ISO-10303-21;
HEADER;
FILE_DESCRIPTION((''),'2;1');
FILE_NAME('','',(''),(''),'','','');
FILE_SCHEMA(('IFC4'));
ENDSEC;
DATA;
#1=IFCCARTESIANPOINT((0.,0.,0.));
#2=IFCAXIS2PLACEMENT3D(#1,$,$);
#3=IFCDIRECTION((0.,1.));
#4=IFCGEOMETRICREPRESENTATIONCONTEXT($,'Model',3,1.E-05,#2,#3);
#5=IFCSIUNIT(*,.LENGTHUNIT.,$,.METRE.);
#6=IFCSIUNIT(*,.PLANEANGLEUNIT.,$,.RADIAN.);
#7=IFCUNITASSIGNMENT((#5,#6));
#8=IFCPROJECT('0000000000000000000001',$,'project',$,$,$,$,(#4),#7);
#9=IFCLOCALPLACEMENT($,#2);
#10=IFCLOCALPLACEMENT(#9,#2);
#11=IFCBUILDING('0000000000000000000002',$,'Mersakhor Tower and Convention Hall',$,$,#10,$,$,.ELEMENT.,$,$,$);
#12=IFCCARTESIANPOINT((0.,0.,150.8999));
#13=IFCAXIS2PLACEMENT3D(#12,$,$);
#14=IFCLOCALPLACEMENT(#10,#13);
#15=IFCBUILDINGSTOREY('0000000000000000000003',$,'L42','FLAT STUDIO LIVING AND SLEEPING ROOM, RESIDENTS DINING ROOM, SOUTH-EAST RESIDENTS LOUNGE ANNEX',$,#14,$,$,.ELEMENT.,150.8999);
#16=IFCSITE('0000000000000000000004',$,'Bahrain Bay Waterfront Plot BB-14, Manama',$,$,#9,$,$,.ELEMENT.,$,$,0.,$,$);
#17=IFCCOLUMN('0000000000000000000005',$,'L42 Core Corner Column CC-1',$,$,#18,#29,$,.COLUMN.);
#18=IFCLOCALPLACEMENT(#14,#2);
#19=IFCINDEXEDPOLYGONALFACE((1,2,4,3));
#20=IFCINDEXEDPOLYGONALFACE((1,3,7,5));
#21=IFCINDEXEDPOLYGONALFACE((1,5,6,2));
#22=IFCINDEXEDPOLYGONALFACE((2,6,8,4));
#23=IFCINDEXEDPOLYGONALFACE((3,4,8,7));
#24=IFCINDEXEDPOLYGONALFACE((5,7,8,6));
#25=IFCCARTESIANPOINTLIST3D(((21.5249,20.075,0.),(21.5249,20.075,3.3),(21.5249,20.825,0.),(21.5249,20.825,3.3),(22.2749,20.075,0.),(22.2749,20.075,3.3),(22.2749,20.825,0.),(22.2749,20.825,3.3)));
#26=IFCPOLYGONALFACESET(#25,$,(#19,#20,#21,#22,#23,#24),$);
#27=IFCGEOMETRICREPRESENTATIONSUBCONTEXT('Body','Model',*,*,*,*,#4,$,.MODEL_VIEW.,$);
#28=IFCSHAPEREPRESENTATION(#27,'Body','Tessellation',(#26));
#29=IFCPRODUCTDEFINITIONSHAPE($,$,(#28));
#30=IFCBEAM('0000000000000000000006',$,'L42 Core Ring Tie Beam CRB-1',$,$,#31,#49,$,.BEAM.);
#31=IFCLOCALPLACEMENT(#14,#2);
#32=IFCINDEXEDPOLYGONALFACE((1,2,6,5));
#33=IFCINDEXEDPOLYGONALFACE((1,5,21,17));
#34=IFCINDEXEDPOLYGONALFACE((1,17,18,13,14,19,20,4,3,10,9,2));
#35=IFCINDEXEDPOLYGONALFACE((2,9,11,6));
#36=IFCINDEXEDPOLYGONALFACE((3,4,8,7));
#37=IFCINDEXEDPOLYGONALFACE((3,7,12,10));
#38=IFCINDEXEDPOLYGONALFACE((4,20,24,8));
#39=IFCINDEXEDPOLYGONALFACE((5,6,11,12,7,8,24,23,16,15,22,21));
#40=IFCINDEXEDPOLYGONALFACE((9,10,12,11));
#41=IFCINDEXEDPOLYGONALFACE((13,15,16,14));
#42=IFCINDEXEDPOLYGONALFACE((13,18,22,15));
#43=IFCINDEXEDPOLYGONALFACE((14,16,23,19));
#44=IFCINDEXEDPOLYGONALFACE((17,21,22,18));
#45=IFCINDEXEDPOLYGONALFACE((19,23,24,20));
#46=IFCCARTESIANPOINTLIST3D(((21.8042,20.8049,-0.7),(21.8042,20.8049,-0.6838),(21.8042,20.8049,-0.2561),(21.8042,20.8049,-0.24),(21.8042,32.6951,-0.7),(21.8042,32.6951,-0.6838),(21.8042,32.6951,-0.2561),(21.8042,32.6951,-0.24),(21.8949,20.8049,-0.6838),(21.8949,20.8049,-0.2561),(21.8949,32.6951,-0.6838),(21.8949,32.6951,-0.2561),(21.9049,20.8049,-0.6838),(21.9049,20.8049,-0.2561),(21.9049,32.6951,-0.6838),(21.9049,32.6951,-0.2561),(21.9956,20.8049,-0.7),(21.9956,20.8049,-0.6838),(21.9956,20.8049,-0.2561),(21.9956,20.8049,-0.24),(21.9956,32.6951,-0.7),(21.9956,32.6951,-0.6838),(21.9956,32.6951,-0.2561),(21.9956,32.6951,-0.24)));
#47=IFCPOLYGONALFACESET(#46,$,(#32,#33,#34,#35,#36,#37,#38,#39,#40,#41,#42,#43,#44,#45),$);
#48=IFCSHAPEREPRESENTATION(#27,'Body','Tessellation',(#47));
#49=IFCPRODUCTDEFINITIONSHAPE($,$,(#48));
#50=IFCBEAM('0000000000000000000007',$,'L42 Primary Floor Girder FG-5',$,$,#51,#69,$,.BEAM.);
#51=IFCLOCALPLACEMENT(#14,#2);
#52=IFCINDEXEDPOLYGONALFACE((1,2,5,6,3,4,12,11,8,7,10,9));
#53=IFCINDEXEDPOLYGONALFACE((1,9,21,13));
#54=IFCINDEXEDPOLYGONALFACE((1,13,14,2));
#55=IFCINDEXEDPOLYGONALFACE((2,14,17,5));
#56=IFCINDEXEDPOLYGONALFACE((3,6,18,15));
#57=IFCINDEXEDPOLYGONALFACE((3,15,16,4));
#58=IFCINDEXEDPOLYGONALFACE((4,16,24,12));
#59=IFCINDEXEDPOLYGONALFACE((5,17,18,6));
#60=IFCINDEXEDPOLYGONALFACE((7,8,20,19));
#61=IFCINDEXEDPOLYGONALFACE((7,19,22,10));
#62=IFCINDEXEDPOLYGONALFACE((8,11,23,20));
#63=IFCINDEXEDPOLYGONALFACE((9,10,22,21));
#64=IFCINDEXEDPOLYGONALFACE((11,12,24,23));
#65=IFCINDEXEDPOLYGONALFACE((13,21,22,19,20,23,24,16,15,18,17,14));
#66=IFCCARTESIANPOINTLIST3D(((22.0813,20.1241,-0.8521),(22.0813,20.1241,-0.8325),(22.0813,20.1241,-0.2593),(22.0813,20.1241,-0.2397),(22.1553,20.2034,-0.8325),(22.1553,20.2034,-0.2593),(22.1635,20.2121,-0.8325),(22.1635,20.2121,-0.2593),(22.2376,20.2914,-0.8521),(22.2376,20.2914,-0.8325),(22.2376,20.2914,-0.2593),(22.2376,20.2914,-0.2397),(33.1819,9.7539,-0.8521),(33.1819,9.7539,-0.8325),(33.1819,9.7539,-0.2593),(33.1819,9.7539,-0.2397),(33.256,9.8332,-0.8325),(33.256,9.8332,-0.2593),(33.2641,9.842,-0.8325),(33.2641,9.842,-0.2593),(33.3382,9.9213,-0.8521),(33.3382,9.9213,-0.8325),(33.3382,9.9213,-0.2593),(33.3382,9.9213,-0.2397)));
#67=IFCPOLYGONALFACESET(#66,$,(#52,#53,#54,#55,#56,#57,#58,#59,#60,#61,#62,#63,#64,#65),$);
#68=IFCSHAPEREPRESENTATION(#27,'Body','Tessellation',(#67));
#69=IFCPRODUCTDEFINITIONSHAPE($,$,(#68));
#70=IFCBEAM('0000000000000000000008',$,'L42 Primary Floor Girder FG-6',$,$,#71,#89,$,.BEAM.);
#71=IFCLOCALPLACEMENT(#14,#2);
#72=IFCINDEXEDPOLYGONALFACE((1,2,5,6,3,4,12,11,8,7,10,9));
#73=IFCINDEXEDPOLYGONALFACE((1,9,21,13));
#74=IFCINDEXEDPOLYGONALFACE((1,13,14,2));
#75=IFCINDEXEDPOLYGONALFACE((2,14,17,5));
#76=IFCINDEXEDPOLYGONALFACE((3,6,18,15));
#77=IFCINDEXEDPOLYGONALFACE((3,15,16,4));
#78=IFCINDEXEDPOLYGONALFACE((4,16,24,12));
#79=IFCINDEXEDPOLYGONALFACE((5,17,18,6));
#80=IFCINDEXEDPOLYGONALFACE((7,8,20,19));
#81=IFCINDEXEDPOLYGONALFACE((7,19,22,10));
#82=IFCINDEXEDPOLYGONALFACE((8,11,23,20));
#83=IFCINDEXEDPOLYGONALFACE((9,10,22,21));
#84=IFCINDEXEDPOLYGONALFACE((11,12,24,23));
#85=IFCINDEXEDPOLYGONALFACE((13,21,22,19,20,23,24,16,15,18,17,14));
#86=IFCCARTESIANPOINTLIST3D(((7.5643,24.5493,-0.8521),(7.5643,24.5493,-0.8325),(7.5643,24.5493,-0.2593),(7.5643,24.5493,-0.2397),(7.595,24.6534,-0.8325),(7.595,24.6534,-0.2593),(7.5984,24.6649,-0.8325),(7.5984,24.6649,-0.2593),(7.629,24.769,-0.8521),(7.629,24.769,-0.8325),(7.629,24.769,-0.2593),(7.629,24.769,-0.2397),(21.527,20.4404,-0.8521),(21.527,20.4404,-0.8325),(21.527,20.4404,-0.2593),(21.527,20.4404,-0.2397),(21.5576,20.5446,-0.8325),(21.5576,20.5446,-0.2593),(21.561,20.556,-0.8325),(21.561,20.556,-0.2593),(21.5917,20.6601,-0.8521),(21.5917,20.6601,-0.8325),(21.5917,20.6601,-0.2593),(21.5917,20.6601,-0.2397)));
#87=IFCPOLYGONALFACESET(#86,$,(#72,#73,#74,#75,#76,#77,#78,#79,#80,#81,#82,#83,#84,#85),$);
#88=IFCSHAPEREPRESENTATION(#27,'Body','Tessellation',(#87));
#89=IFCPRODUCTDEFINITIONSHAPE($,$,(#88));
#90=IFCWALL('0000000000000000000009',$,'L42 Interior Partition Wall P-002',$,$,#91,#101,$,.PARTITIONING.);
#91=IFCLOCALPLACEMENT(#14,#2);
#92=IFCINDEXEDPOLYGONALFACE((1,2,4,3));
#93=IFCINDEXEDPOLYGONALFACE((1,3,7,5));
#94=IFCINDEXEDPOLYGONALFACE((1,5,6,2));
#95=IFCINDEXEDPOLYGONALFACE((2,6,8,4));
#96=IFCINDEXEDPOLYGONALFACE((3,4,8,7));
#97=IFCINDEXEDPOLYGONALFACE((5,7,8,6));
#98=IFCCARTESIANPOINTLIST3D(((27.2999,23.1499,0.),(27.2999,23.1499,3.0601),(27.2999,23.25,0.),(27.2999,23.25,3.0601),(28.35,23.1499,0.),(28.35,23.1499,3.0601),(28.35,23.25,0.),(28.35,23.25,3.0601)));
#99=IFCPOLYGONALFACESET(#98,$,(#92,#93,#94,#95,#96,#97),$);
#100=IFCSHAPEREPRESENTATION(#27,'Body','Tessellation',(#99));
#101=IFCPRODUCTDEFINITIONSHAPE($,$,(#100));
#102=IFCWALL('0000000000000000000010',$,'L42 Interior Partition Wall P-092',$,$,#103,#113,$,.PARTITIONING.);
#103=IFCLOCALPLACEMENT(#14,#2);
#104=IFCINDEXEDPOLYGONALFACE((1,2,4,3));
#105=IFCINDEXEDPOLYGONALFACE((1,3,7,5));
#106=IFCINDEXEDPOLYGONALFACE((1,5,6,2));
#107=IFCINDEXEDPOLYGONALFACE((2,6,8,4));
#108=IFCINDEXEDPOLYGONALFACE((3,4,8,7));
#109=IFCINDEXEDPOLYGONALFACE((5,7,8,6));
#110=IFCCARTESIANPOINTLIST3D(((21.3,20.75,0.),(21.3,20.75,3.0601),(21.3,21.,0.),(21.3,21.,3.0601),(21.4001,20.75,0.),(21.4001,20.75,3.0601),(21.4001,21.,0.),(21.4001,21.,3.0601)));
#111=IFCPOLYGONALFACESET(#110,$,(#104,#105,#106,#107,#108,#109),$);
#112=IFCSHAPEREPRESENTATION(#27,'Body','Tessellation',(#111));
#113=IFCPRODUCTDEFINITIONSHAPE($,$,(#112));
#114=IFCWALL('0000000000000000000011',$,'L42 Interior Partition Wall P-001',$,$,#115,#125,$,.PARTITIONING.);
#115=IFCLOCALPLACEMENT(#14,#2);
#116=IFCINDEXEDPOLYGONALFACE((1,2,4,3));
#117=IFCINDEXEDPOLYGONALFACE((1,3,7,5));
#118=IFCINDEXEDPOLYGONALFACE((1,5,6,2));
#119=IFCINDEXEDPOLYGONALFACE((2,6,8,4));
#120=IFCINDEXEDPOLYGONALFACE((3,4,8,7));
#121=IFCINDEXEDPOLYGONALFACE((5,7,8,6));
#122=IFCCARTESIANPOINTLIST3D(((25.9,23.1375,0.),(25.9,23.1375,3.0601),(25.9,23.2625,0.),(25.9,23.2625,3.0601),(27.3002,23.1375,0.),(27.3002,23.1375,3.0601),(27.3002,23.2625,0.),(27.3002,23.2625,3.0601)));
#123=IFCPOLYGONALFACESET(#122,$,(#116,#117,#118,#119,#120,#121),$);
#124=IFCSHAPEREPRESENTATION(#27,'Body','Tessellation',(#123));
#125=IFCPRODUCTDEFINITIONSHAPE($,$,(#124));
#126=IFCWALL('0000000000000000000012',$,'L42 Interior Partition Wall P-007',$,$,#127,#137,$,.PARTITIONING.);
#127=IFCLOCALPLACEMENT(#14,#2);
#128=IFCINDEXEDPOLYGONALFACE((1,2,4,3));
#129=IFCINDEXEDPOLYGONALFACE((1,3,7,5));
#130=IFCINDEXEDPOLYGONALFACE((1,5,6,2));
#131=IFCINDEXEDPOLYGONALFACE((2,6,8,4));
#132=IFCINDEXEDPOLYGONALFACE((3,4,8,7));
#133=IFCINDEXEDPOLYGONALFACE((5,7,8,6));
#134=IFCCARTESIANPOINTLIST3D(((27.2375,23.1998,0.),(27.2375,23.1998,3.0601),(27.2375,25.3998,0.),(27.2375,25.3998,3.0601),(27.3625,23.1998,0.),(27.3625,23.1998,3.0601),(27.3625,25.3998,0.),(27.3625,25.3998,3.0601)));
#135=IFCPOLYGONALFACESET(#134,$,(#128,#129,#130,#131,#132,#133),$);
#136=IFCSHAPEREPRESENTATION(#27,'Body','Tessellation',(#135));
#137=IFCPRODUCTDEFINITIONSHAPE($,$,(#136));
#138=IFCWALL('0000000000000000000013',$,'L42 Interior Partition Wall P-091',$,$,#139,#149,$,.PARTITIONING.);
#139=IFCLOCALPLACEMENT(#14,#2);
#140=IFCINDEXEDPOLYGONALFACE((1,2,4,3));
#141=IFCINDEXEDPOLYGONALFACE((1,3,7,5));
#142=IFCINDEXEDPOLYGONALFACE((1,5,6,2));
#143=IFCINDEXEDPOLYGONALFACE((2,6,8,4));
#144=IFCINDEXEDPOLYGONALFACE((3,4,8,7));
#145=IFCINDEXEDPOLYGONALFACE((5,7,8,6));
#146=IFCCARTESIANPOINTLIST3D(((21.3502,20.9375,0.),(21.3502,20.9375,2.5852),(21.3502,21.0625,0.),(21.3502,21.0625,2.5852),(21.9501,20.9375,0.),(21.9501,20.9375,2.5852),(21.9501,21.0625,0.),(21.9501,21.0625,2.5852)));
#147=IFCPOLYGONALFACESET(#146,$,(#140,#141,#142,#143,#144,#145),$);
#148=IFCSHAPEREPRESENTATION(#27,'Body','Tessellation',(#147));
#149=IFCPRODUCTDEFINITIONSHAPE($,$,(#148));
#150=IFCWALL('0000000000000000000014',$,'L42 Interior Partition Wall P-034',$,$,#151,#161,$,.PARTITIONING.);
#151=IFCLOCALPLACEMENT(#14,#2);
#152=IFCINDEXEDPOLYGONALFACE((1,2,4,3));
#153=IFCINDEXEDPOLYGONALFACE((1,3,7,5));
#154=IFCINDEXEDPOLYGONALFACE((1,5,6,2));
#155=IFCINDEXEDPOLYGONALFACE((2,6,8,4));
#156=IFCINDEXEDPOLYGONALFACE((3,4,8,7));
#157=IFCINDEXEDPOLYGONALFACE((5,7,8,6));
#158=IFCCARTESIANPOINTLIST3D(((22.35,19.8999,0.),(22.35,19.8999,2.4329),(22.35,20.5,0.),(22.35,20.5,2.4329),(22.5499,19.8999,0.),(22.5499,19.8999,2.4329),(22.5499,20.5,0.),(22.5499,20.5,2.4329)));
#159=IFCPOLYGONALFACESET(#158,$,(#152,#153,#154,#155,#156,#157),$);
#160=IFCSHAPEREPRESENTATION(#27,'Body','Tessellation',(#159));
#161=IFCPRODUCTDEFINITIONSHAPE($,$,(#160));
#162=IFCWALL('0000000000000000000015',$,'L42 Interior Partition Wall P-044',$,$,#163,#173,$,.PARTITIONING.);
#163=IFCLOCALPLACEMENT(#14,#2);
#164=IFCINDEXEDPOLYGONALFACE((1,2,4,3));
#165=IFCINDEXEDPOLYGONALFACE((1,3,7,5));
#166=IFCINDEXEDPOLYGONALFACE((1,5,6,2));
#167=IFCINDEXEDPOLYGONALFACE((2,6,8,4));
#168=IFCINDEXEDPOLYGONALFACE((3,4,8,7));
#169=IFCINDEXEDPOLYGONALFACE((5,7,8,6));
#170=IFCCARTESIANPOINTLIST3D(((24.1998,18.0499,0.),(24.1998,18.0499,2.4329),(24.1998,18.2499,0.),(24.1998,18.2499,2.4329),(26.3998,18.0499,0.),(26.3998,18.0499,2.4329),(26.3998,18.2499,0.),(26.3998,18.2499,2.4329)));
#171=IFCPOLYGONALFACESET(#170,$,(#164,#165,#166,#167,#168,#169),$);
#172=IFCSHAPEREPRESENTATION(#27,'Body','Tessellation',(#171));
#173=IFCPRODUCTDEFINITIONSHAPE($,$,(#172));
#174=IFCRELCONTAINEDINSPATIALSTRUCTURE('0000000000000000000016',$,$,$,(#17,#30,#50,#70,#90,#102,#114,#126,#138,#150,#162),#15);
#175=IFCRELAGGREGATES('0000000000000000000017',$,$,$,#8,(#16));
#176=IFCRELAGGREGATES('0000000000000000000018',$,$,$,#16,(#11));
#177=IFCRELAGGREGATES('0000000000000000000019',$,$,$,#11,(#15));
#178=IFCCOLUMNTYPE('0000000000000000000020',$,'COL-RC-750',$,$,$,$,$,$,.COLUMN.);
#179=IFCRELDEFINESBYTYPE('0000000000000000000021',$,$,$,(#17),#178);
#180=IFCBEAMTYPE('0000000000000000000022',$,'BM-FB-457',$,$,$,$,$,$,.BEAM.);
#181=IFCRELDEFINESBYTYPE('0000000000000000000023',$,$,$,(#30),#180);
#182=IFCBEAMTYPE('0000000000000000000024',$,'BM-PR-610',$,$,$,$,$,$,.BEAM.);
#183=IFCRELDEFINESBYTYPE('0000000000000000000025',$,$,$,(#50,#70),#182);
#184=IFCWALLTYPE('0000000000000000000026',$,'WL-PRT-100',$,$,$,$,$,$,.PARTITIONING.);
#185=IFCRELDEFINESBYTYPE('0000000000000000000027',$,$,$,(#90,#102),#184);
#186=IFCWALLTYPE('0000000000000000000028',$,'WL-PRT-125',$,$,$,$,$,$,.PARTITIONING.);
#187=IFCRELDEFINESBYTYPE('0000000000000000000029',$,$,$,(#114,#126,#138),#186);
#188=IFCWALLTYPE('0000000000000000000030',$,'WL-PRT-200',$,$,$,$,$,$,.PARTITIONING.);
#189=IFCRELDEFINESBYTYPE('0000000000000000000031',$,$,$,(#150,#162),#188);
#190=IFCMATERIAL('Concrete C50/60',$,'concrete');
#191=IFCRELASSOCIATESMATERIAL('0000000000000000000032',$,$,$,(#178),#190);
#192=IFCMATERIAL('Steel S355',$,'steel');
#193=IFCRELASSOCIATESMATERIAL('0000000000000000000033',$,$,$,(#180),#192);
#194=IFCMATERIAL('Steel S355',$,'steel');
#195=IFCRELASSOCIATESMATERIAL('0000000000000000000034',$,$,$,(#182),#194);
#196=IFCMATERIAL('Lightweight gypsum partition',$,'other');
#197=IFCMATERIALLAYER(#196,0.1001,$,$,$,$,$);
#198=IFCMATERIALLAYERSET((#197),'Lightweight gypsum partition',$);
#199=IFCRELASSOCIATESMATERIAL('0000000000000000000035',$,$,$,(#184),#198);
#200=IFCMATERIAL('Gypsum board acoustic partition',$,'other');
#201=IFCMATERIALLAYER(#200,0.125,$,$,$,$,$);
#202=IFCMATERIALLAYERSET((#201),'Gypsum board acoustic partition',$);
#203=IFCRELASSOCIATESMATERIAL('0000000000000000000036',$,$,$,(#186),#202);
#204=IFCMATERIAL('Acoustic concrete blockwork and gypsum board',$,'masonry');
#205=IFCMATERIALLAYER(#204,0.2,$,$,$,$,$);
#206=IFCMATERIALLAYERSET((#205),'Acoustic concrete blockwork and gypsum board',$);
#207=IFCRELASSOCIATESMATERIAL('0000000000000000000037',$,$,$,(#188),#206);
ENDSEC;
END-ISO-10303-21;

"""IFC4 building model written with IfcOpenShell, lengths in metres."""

from ifc_helpers import new_model, si_unit, direction, frame, frame_2d, origin, origin_2d, place, context, subcontext, project, spatial, rectangle, i_section, extrude, material, layer, layer_set, material_profile, profile_set, type_object, element, save


model = new_model("IFC4")

# Units and contexts
model_context = context("Model", 3, precision=1e-05, world=origin(), true_north=direction((0.0, 1.0)))
body_context = subcontext(model_context, "Body", "Model", "MODEL_VIEW")
ifc_project = project(units=[si_unit("LENGTHUNIT", "METRE"), si_unit("PLANEANGLEUNIT", "RADIAN")], contexts=[model_context])

# Site, building, storey
site_placement = place(None, origin())
site = spatial("IfcSite", under=ifc_project, at=site_placement, Name="Bahrain Bay Waterfront Plot BB-14, Manama", CompositionType="ELEMENT", RefElevation=0.0)
building_placement = place(site_placement, origin())
building = spatial("IfcBuilding", under=site, at=building_placement, Name="Mersakhor Tower and Convention Hall", CompositionType="ELEMENT")
storey_placement = place(building_placement, frame((0.0, 0.0, 150.8999)))
storey = spatial("IfcBuildingStorey", under=building, at=storey_placement, Name="L42", Description="FLAT STUDIO LIVING AND SLEEPING ROOM, RESIDENTS DINING ROOM, SOUTH-EAST RESIDENTS LOUNGE ANNEX", CompositionType="ELEMENT", Elevation=150.8999)

# Column
ifc_material_1 = material(Name="Concrete C50/60", Category="concrete")
ifc_material_profile_1 = material_profile(ifc_material_1, rectangle(XDim=0.75, YDim=0.75, at=origin_2d()), Name="RC 750x750")
ifc_profile_set_1 = profile_set([ifc_material_profile_1], Name="Concrete C50/60")
column_type = type_object("IfcColumnType", Name="COL-RC-750", PredefinedType="COLUMN", material=ifc_profile_set_1)
column_placement = place(storey_placement, frame((21.8999, 20.45, 0.0), z_axis=(0.0, 0.0, 1.0), x_axis=(1.0, 0.0, 0.0)))
element("IfcColumn", 1, at=column_placement, inside=storey, type_object=column_type, Name="L42 Core Corner Column CC-1", PredefinedType="COLUMN", context=body_context, shape_type="SweptSolid", body=[
    extrude(rectangle(XDim=0.75, YDim=0.75, at=origin_2d()), origin(), (0.0, 0.0, 1.0), 3.3),
])

# Beams
ifc_material_2 = material(Name="Steel S355", Category="steel")
ifc_material_profile_2 = material_profile(ifc_material_2, i_section(OverallWidth=0.1914, OverallDepth=0.46, WebThickness=0.01, FlangeThickness=0.0161, at=origin_2d()), Name="UB 457x191x82")
ifc_profile_set_2 = profile_set([ifc_material_profile_2], Name="Steel S355")
beam_type_1 = type_object("IfcBeamType", Name="BM-FB-457", PredefinedType="BEAM", material=ifc_profile_set_2)
beam_1_placement = place(storey_placement, frame((21.8999, 20.8049, -0.47), z_axis=(0.0, 1.0, 0.0), x_axis=(-1.0, 0.0, 0.0)))
element("IfcBeam", 2, at=beam_1_placement, inside=storey, type_object=beam_type_1, Name="L42 Core Ring Tie Beam CRB-1", PredefinedType="BEAM", context=body_context, shape_type="SweptSolid", body=[
    extrude(i_section(OverallWidth=0.1914, OverallDepth=0.46, WebThickness=0.01, FlangeThickness=0.0161, at=origin_2d()), origin(), (0.0, 0.0, 1.0), 11.8901),
])
ifc_material_3 = material(Name="Steel S355", Category="steel")
ifc_material_profile_3 = material_profile(ifc_material_3, i_section(OverallWidth=0.229, OverallDepth=0.6123, WebThickness=0.012, FlangeThickness=0.0195, at=origin_2d()), Name="UB 610x229x125")
ifc_profile_set_3 = profile_set([ifc_material_profile_3], Name="Steel S355")
beam_type_2 = type_object("IfcBeamType", Name="BM-PR-610", PredefinedType="BEAM", material=ifc_profile_set_3)
beam_2_placement = place(storey_placement, frame((22.1594, 20.2078, -0.5459), z_axis=(0.730741, -0.682655, 0.0), x_axis=(0.682655, 0.730741, 0.0)))
element("IfcBeam", 3, at=beam_2_placement, inside=storey, type_object=beam_type_2, Name="L42 Primary Floor Girder FG-5", PredefinedType="BEAM", context=body_context, shape_type="SweptSolid", body=[
    extrude(i_section(OverallWidth=0.229, OverallDepth=0.6123, WebThickness=0.012, FlangeThickness=0.0195, at=origin_2d()), origin(), (0.0, 0.0, 1.0), 15.1909),
])
beam_3_placement = place(storey_placement, frame((21.5593, 20.5503, -0.5459), z_axis=(-0.959324, 0.282307, 0.0), x_axis=(-0.282307, -0.959324, 0.0)))
element("IfcBeam", 4, at=beam_3_placement, inside=storey, type_object=beam_type_2, Name="L42 Primary Floor Girder FG-6", PredefinedType="BEAM", context=body_context, shape_type="SweptSolid", body=[
    extrude(i_section(OverallWidth=0.229, OverallDepth=0.6123, WebThickness=0.012, FlangeThickness=0.0195, at=origin_2d()), origin(), (0.0, 0.0, 1.0), 14.5547),
])

# Walls
ifc_material_4 = material(Name="Lightweight gypsum partition", Category="other")
ifc_layer_1 = layer(ifc_material_4, 0.1001)
ifc_layer_set_1 = layer_set([ifc_layer_1], Name="Lightweight gypsum partition")
wall_type_1 = type_object("IfcWallType", Name="WL-PRT-100", PredefinedType="PARTITIONING", material=ifc_layer_set_1)
wall_1_placement = place(storey_placement, frame((27.3, 23.2, 0.0), z_axis=(0.0, 0.0, 1.0), x_axis=(1.0, 0.0, 0.0)))
element("IfcWall", 5, at=wall_1_placement, inside=storey, type_object=wall_type_1, Name="L42 Interior Partition Wall P-002", PredefinedType="PARTITIONING", context=body_context, shape_type="SweptSolid", body=[
    extrude(rectangle(XDim=1.05, YDim=0.1001, at=frame_2d((0.5249, 0.0))), origin(), (0.0, 0.0, 1.0), 3.0601),
])
wall_2_placement = place(storey_placement, frame((21.3501, 21.0, 0.0), z_axis=(0.0, 0.0, 1.0), x_axis=(0.0, -1.0, 0.0)))
element("IfcWall", 6, at=wall_2_placement, inside=storey, type_object=wall_type_1, Name="L42 Interior Partition Wall P-092", PredefinedType="PARTITIONING", context=body_context, shape_type="SweptSolid", body=[
    extrude(rectangle(XDim=0.25, YDim=0.1001, at=frame_2d((0.125, 0.0))), origin(), (0.0, 0.0, 1.0), 3.0601),
])
ifc_material_5 = material(Name="Gypsum board acoustic partition", Category="other")
ifc_layer_2 = layer(ifc_material_5, 0.125)
ifc_layer_set_2 = layer_set([ifc_layer_2], Name="Gypsum board acoustic partition")
wall_type_2 = type_object("IfcWallType", Name="WL-PRT-125", PredefinedType="PARTITIONING", material=ifc_layer_set_2)
wall_3_placement = place(storey_placement, frame((25.8999, 23.2, 0.0), z_axis=(0.0, 0.0, 1.0), x_axis=(1.0, 0.0, 0.0)))
element("IfcWall", 7, at=wall_3_placement, inside=storey, type_object=wall_type_2, Name="L42 Interior Partition Wall P-001", PredefinedType="PARTITIONING", context=body_context, shape_type="SweptSolid", body=[
    extrude(rectangle(XDim=1.4001, YDim=0.125, at=frame_2d((0.7002, 0.0))), origin(), (0.0, 0.0, 1.0), 3.0601),
])
wall_4_placement = place(storey_placement, frame((27.3, 25.3999, 0.0), z_axis=(0.0, 0.0, 1.0), x_axis=(0.0, -1.0, 0.0)))
element("IfcWall", 8, at=wall_4_placement, inside=storey, type_object=wall_type_2, Name="L42 Interior Partition Wall P-007", PredefinedType="PARTITIONING", context=body_context, shape_type="SweptSolid", body=[
    extrude(rectangle(XDim=2.2, YDim=0.125, at=frame_2d((1.1001, 0.0))), origin(), (0.0, 0.0, 1.0), 3.0601),
])
wall_5_placement = place(storey_placement, frame((21.95, 21.0, 0.0), z_axis=(0.0, 0.0, 1.0), x_axis=(-1.0, 0.0, 0.0)))
element("IfcWall", 9, at=wall_5_placement, inside=storey, type_object=wall_type_2, Name="L42 Interior Partition Wall P-091", PredefinedType="PARTITIONING", context=body_context, shape_type="SweptSolid", body=[
    extrude(rectangle(XDim=0.5999, YDim=0.125, at=frame_2d((0.2998, 0.0))), origin(), (0.0, 0.0, 1.0), 2.5852),
])

# Shared definitions
ifc_material_6 = material(Name="Acoustic concrete blockwork and gypsum board", Category="masonry")
ifc_layer_3 = layer(ifc_material_6, 0.2)
ifc_layer_set_3 = layer_set([ifc_layer_3], Name="Acoustic concrete blockwork and gypsum board")
wall_type_3 = type_object("IfcWallType", Name="WL-PRT-200", PredefinedType="PARTITIONING", material=ifc_layer_set_3)

# Walls
wall_6_placement = place(storey_placement, frame((22.45, 19.8999, 0.0), z_axis=(0.0, 0.0, 1.0), x_axis=(0.0, 1.0, 0.0)))
element("IfcWall", 10, at=wall_6_placement, inside=storey, type_object=wall_type_3, Name="L42 Interior Partition Wall P-034", PredefinedType="PARTITIONING", context=body_context, shape_type="SweptSolid", body=[
    extrude(rectangle(XDim=0.6001, YDim=0.2, at=frame_2d((0.3, 0.0))), origin(), (0.0, 0.0, 1.0), 2.4329),
])
wall_7_placement = place(storey_placement, frame((26.3999, 18.1499, 0.0), z_axis=(0.0, 0.0, 1.0), x_axis=(-1.0, 0.0, 0.0)))
element("IfcWall", 11, at=wall_7_placement, inside=storey, type_object=wall_type_3, Name="L42 Interior Partition Wall P-044", PredefinedType="PARTITIONING", context=body_context, shape_type="SweptSolid", body=[
    extrude(rectangle(XDim=2.2, YDim=0.2, at=frame_2d((1.1001, 0.0))), origin(), (0.0, 0.0, 1.0), 2.4329),
])

save(model, "model.ifc")
